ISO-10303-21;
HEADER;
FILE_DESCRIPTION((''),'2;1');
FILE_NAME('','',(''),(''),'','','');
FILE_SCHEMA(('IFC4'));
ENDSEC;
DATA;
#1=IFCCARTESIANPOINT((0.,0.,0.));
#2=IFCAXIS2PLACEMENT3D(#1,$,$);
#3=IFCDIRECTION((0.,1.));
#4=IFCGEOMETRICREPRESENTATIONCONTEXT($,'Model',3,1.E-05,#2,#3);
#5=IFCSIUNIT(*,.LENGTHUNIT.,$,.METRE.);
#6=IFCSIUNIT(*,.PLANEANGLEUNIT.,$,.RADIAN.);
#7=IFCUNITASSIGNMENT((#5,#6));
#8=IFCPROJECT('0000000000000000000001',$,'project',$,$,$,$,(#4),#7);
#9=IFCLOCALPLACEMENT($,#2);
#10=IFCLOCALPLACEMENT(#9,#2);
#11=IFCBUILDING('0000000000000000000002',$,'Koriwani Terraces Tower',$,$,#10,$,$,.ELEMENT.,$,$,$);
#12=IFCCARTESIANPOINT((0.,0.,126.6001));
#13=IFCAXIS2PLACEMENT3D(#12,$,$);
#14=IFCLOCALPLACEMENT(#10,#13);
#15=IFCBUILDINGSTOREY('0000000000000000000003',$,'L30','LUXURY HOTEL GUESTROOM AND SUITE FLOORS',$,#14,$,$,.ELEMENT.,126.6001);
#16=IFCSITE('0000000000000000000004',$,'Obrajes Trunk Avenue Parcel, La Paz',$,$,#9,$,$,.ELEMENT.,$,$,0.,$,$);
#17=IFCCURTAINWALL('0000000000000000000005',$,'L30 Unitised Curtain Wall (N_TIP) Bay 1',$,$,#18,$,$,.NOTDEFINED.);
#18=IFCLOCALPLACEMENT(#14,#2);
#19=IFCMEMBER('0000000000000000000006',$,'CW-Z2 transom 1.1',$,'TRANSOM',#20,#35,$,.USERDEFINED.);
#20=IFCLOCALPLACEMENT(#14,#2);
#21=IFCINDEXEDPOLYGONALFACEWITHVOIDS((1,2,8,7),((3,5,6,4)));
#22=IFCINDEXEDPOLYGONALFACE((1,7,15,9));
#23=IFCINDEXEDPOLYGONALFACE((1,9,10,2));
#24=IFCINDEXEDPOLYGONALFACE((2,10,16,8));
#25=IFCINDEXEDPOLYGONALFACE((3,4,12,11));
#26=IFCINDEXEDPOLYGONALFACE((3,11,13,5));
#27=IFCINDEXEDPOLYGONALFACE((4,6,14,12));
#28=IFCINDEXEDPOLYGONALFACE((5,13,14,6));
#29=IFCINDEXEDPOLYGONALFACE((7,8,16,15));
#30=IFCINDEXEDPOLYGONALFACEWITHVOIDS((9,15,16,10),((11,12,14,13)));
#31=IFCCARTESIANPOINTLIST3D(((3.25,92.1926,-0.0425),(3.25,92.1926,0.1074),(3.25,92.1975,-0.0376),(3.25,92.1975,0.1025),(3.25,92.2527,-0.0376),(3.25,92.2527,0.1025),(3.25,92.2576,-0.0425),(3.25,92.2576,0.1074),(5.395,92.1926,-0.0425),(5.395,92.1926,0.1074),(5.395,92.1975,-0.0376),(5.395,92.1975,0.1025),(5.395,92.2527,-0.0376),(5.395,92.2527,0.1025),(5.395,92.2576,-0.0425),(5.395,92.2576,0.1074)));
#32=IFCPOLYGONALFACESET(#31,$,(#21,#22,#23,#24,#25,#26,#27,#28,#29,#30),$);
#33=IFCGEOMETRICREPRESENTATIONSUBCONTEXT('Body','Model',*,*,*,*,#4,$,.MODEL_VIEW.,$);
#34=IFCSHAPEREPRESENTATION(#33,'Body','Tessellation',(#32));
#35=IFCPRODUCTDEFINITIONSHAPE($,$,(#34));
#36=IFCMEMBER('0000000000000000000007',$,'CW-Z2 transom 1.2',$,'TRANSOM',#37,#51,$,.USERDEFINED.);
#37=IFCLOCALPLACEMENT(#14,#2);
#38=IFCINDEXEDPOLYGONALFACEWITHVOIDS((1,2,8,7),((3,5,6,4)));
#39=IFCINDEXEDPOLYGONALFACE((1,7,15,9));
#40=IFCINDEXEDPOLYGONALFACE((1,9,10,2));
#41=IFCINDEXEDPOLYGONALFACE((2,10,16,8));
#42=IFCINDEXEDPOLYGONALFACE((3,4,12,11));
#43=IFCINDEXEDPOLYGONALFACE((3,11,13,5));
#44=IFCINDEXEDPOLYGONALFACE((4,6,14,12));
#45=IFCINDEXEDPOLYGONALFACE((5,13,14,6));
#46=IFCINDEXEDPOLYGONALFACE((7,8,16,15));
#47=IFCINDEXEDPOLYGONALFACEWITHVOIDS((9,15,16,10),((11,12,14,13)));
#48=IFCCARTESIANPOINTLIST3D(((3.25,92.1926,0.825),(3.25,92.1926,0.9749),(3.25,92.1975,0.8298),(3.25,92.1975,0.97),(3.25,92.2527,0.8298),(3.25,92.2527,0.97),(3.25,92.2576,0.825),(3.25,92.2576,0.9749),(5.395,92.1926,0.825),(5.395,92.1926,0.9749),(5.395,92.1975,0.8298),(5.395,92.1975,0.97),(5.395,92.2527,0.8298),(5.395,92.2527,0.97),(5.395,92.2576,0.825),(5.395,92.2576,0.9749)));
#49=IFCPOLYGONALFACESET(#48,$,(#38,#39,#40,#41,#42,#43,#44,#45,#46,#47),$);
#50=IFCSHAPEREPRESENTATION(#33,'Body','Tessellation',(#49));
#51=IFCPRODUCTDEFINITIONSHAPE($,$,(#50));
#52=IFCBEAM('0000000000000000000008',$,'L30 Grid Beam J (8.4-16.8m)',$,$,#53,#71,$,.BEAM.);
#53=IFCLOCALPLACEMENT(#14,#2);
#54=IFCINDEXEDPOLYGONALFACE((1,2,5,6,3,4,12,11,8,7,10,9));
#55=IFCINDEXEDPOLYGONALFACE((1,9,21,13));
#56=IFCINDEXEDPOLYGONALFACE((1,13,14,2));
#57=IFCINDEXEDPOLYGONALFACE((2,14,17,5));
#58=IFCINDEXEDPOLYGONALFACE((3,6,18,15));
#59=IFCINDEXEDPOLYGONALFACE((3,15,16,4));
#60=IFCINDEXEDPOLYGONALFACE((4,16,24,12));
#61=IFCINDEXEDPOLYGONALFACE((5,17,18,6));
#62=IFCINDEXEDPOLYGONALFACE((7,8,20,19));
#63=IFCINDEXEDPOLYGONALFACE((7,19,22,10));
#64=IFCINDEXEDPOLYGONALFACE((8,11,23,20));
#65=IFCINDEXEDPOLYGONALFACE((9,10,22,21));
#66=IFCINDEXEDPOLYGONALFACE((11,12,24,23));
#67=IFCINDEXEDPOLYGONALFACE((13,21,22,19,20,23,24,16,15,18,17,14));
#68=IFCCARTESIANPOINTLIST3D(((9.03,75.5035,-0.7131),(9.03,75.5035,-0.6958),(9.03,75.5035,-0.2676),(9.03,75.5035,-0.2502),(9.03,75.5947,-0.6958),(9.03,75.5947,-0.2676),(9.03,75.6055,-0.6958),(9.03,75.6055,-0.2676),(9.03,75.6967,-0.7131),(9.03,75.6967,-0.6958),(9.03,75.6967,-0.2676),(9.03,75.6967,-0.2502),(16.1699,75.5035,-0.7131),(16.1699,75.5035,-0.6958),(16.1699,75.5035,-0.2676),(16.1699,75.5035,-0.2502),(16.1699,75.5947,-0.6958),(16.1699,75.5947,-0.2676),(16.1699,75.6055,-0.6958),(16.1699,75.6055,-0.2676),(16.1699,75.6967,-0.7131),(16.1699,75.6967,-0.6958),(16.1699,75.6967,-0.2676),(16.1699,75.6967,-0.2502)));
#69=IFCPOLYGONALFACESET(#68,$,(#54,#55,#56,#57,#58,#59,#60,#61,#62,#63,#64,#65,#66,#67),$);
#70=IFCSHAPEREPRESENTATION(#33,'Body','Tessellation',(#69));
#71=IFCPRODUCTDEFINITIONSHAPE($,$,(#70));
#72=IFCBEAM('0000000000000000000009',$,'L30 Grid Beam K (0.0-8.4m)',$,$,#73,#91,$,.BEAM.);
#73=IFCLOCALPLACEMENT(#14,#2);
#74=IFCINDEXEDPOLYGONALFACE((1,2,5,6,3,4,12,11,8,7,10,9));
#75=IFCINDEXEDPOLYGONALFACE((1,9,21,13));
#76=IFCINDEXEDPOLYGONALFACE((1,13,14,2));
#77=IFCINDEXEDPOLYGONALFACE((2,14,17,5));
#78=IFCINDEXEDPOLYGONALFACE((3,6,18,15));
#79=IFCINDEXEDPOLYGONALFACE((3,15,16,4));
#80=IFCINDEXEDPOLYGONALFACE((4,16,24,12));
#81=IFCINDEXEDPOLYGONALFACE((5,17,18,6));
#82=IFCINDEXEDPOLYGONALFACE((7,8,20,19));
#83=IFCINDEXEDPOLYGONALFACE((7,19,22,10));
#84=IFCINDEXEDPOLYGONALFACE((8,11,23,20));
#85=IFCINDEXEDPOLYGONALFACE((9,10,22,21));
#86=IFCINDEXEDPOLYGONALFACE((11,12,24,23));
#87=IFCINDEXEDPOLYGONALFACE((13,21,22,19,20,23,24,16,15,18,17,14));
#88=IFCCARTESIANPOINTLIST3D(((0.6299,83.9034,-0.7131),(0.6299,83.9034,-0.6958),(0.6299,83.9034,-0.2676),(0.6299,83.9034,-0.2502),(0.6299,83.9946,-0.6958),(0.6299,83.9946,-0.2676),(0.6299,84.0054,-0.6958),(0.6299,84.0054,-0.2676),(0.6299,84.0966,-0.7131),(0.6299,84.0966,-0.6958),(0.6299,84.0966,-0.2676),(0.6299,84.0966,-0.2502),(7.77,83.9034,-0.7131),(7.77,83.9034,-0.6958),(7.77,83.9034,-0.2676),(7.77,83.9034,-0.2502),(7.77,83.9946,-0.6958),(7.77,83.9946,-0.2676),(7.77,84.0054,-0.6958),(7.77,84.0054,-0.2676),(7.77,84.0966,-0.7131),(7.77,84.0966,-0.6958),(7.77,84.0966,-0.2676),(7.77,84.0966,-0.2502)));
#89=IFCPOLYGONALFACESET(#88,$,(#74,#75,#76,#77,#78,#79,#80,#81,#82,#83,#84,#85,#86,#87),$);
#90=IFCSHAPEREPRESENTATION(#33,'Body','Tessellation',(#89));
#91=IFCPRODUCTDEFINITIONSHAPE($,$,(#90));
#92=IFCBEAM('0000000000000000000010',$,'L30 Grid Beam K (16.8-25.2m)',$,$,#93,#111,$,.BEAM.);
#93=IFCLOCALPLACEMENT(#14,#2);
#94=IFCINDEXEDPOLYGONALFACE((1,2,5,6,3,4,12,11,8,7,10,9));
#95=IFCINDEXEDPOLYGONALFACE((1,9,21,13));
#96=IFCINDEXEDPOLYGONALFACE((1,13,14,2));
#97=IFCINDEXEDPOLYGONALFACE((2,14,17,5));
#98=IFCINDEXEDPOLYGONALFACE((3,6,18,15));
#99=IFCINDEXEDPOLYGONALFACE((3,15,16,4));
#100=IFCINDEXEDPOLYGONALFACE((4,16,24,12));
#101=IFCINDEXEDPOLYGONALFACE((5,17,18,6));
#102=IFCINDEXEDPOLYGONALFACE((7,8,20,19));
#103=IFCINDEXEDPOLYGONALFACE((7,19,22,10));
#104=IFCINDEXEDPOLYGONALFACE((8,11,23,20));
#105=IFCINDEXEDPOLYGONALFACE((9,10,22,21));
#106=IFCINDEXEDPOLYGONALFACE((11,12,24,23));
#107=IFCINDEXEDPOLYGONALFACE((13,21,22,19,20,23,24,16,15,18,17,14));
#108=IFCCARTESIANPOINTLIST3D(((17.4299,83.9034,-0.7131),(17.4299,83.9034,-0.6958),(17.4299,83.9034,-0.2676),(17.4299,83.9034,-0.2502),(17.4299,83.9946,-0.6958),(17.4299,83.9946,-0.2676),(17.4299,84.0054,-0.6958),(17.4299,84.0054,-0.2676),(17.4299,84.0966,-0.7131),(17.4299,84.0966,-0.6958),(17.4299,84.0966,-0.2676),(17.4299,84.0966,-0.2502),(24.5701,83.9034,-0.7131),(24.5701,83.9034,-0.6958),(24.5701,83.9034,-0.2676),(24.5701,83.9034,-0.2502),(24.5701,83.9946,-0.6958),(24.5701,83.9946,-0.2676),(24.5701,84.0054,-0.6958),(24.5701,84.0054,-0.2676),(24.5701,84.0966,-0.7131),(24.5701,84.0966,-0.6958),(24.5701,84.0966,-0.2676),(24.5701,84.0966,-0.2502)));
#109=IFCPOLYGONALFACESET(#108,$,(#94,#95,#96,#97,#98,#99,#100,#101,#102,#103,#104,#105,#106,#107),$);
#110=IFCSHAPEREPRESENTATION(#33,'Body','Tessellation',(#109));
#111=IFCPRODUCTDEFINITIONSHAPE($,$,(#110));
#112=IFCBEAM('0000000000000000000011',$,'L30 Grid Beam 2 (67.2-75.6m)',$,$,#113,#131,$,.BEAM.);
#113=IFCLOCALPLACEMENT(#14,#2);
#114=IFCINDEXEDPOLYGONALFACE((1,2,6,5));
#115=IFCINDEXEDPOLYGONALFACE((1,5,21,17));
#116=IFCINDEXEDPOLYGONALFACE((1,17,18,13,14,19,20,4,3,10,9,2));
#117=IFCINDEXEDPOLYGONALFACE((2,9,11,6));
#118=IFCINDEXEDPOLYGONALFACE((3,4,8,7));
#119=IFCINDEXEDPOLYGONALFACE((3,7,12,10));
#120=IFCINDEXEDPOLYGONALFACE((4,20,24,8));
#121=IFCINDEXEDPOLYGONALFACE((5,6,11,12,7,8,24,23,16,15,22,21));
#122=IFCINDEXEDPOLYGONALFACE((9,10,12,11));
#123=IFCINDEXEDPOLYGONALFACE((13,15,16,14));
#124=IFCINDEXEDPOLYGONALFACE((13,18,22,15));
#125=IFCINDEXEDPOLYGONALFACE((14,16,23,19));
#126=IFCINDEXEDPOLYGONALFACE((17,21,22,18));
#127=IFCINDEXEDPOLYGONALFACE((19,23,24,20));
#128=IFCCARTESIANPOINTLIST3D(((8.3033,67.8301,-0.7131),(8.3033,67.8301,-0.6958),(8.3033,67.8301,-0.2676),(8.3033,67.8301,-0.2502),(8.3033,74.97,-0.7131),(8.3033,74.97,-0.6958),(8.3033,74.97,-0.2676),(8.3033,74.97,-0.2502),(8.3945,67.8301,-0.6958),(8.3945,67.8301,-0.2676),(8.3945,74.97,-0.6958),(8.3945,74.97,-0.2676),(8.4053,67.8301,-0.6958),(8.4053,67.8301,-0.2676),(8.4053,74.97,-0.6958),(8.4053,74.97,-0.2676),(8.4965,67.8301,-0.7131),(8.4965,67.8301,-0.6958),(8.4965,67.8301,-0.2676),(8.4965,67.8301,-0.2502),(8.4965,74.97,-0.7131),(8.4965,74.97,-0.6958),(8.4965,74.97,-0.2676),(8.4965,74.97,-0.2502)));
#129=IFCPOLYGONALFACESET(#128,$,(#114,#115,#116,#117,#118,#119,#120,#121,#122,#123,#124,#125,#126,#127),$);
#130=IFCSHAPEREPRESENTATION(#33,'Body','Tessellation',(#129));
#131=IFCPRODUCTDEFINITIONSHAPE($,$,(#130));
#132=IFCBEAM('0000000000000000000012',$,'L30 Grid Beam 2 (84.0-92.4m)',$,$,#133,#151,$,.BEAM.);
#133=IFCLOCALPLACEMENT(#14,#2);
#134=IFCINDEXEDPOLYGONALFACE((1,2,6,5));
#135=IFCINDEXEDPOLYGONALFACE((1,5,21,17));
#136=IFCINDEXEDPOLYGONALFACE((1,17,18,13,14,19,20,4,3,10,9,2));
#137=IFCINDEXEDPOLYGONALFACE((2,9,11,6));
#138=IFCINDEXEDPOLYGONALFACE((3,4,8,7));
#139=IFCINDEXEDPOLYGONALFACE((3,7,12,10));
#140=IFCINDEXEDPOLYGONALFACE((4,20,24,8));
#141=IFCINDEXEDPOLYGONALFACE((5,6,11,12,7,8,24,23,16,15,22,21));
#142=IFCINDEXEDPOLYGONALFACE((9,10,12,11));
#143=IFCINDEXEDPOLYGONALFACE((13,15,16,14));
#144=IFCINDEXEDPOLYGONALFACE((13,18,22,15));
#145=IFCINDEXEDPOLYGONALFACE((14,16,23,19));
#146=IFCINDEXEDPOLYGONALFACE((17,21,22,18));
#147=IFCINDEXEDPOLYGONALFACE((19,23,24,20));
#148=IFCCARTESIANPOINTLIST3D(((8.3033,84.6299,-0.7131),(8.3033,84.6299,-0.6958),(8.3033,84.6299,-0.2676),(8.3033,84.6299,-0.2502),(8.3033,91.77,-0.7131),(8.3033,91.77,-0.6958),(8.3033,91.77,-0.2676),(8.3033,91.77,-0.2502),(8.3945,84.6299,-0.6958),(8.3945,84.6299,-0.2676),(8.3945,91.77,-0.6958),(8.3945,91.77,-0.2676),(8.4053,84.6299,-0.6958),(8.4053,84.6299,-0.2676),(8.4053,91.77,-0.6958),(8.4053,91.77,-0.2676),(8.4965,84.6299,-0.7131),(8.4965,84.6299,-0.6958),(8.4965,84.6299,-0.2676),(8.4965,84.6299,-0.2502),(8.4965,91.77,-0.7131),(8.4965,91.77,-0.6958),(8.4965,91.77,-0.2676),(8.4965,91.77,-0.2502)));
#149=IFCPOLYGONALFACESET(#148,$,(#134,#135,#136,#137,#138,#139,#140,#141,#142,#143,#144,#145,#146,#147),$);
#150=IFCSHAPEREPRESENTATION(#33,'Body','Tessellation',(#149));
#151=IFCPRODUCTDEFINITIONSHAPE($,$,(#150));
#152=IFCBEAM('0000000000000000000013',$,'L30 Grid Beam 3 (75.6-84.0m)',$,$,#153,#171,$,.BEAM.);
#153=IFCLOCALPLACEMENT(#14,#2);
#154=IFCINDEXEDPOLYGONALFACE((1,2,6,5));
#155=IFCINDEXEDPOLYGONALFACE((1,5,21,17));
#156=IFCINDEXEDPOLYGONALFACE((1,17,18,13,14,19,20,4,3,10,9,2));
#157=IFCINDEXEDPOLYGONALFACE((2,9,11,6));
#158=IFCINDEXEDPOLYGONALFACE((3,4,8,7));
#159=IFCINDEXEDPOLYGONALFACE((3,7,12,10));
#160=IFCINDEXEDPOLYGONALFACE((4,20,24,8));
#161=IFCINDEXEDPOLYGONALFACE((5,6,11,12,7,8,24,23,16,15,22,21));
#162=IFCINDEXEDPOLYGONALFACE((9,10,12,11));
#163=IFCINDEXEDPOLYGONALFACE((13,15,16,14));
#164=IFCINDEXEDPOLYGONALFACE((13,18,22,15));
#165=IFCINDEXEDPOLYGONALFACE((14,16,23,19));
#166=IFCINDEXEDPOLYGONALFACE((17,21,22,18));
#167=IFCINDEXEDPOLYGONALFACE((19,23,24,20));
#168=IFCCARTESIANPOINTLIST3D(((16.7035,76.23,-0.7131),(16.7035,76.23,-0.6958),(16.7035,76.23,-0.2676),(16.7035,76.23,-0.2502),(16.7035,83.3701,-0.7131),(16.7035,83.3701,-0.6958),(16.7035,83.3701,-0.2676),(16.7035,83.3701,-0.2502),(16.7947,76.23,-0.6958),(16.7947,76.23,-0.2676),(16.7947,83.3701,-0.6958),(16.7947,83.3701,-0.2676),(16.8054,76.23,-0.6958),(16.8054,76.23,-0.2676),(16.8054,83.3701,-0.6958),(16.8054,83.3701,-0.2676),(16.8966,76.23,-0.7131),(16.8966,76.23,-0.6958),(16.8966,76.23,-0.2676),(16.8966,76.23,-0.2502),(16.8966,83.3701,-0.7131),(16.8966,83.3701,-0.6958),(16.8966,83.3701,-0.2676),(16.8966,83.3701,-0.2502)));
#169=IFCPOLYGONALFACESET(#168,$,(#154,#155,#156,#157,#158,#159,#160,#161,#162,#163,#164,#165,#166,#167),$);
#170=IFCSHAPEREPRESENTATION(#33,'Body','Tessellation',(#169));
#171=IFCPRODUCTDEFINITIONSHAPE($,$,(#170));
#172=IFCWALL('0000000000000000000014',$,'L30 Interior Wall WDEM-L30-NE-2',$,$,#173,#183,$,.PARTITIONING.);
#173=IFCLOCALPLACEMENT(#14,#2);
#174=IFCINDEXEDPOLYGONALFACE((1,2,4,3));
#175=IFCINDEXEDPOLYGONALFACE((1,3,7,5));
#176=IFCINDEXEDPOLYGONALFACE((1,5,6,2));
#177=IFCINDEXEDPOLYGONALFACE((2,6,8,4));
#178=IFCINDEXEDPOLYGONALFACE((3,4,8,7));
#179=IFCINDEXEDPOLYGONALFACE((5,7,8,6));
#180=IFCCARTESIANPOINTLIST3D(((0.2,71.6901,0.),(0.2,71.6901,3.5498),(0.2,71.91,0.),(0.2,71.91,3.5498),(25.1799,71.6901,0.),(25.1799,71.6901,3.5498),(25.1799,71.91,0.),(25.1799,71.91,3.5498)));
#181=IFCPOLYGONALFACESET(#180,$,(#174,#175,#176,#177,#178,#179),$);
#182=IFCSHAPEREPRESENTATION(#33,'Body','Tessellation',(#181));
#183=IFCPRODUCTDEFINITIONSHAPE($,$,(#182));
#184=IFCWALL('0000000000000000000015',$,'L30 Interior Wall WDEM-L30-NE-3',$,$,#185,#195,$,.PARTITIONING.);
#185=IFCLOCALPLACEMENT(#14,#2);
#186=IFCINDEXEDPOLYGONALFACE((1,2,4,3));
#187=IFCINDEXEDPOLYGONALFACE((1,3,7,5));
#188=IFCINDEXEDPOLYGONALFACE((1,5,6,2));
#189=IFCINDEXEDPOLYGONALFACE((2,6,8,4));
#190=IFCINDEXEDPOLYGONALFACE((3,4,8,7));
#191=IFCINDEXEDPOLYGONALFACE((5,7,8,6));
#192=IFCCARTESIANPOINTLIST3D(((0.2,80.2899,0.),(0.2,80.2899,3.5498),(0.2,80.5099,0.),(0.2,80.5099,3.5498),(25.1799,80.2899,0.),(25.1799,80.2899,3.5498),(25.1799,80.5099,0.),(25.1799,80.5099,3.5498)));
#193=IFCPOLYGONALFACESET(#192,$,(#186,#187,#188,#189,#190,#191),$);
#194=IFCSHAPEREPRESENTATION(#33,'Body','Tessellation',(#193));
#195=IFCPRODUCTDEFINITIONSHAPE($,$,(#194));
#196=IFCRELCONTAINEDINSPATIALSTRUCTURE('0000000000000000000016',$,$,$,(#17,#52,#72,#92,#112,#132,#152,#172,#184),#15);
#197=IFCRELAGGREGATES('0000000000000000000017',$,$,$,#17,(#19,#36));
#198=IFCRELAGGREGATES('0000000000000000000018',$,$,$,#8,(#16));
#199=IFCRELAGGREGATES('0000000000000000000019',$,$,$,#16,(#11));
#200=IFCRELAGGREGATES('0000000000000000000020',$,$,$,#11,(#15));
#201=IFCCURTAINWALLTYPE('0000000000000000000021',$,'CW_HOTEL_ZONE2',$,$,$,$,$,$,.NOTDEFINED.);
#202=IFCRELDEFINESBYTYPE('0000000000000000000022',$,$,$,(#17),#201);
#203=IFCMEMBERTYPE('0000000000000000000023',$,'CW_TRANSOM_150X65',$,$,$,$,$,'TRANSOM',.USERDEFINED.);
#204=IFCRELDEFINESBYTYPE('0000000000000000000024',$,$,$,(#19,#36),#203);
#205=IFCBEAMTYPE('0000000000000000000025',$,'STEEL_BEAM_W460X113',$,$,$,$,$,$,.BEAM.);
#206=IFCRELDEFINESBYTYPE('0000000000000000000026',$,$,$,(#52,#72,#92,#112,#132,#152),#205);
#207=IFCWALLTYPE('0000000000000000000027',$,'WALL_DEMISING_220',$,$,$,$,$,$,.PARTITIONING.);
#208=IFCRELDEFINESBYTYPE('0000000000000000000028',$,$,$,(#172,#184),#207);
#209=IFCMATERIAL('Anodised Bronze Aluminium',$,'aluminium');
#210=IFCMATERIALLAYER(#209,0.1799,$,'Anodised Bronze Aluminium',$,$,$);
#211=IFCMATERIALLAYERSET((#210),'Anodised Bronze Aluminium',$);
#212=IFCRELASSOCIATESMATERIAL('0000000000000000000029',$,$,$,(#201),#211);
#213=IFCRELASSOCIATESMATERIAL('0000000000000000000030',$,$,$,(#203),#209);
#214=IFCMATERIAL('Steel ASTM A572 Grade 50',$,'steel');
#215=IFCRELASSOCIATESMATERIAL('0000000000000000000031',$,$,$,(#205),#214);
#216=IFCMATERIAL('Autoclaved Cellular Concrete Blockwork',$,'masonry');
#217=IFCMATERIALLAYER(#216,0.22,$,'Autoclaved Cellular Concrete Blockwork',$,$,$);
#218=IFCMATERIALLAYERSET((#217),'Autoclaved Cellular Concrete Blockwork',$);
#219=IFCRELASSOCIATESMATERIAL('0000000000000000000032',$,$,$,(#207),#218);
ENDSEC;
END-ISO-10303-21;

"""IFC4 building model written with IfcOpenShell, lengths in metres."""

from ifc_helpers import new_model, si_unit, direction, frame, frame_2d, origin, origin_2d, place, context, subcontext, project, spatial, rectangle, hollow_rectangle, i_section, extrude, material, layer, layer_set, material_profile, profile_set, type_object, element, aggregate, save


model = new_model("IFC4")

# Units and contexts
model_context = context("Model", 3, precision=1e-05, world=origin(), true_north=direction((0.0, 1.0)))
body_context = subcontext(model_context, "Body", "Model", "MODEL_VIEW")
ifc_project = project(units=[si_unit("LENGTHUNIT", "METRE"), si_unit("PLANEANGLEUNIT", "RADIAN")], contexts=[model_context])

# Site, building, storey
site_placement = place(None, origin())
site = spatial("IfcSite", under=ifc_project, at=site_placement, Name="Obrajes Trunk Avenue Parcel, La Paz", CompositionType="ELEMENT", RefElevation=0.0)
building_placement = place(site_placement, origin())
building = spatial("IfcBuilding", under=site, at=building_placement, Name="Koriwani Terraces Tower", CompositionType="ELEMENT")
storey_placement = place(building_placement, frame((0.0, 0.0, 126.6001)))
storey = spatial("IfcBuildingStorey", under=building, at=storey_placement, Name="L30", Description="LUXURY HOTEL GUESTROOM AND SUITE FLOORS", CompositionType="ELEMENT", Elevation=126.6001)

# Curtain wall, members
ifc_material_1 = material(Name="Anodised Bronze Aluminium", Category="aluminium")
ifc_layer_1 = layer(ifc_material_1, 0.1799, Name="Anodised Bronze Aluminium")
ifc_layer_set_1 = layer_set([ifc_layer_1], Name="Anodised Bronze Aluminium")
curtain_wall_type = type_object("IfcCurtainWallType", Name="CW_HOTEL_ZONE2", PredefinedType="NOTDEFINED", material=ifc_layer_set_1)
curtain_wall_placement = place(storey_placement, origin())
curtain_wall = element("IfcCurtainWall", 1, at=curtain_wall_placement, inside=storey, type_object=curtain_wall_type, Name="L30 Unitised Curtain Wall (N_TIP) Bay 1", PredefinedType="NOTDEFINED")
ifc_material_profile_1 = material_profile(ifc_material_1, hollow_rectangle(XDim=0.0649, YDim=0.1499, WallThickness=0.0049, at=origin_2d()), Name="Anodised Bronze Aluminium", Category="LoadBearing")
ifc_profile_set_1 = profile_set([ifc_material_profile_1], Name="Anodised Bronze Aluminium")
member_type_1 = type_object("IfcMemberType", Name="CW_TRANSOM_150X65", ElementType="TRANSOM", PredefinedType="USERDEFINED", material=ifc_profile_set_1)
member_1_placement = place(storey_placement, frame((3.25, 92.2251, 0.0325), z_axis=(1.0, 0.0, 0.0), x_axis=(0.0, 1.0, 0.0)))
member_1 = element("IfcMember", 2, at=member_1_placement, type_object=member_type_1, Name="CW-Z2 transom 1.1", ObjectType="TRANSOM", PredefinedType="USERDEFINED", context=body_context, shape_type="SweptSolid", body=[
    extrude(hollow_rectangle(XDim=0.0649, YDim=0.1499, WallThickness=0.0049, at=origin_2d()), origin(), (0.0, 0.0, 1.0), 2.145),
])
member_2_placement = place(storey_placement, frame((3.25, 92.2251, 0.8999), z_axis=(1.0, 0.0, 0.0), x_axis=(0.0, 1.0, 0.0)))
member_2 = element("IfcMember", 3, at=member_2_placement, type_object=member_type_1, Name="CW-Z2 transom 1.2", ObjectType="TRANSOM", PredefinedType="USERDEFINED", context=body_context, shape_type="SweptSolid", body=[
    extrude(hollow_rectangle(XDim=0.0649, YDim=0.1499, WallThickness=0.0049, at=origin_2d()), origin(), (0.0, 0.0, 1.0), 2.145),
])
aggregate(curtain_wall, [member_1, member_2])

# Beams
ifc_material_2 = material(Name="Steel ASTM A572 Grade 50", Category="steel")
ifc_material_profile_2 = material_profile(ifc_material_2, i_section(OverallWidth=0.1931, OverallDepth=0.4629, WebThickness=0.0107, FlangeThickness=0.0173, at=origin_2d()), Name="Steel ASTM A572 Grade 50", Category="LoadBearing")
ifc_profile_set_2 = profile_set([ifc_material_profile_2], Name="Steel ASTM A572 Grade 50")
beam_type_1 = type_object("IfcBeamType", Name="STEEL_BEAM_W460X113", PredefinedType="BEAM", material=ifc_profile_set_2)
beam_1_placement = place(storey_placement, frame((9.03, 75.6001, -0.4817), z_axis=(1.0, 0.0, 0.0), x_axis=(0.0, 1.0, 0.0)))
element("IfcBeam", 4, at=beam_1_placement, inside=storey, type_object=beam_type_1, Name="L30 Grid Beam J (8.4-16.8m)", PredefinedType="BEAM", context=body_context, shape_type="SweptSolid", body=[
    extrude(i_section(OverallWidth=0.1931, OverallDepth=0.4629, WebThickness=0.0107, FlangeThickness=0.0173, at=origin_2d()), origin(), (0.0, 0.0, 1.0), 7.1399),
])
for number, where, z_axis, x_axis, name in (
    (5, (0.6299, 84.0, -0.4817), (1.0, 0.0, 0.0), (0.0, 1.0, 0.0), "L30 Grid Beam K (0.0-8.4m)"),
    (6, (17.4299, 84.0, -0.4817), (1.0, 0.0, 0.0), (0.0, 1.0, 0.0), "L30 Grid Beam K (16.8-25.2m)"),
):
    element("IfcBeam", number, at=place(storey_placement, frame(where, z_axis=z_axis, x_axis=x_axis)), inside=storey, type_object=beam_type_1, Name=name, PredefinedType="BEAM", context=body_context, shape_type="SweptSolid", body=[
        extrude(i_section(OverallWidth=0.1931, OverallDepth=0.4629, WebThickness=0.0107, FlangeThickness=0.0173, at=origin_2d()), origin(), (0.0, 0.0, 1.0), 7.1401),
    ])
beam_2_placement = place(storey_placement, frame((8.3999, 67.8301, -0.4817), z_axis=(0.0, 1.0, 0.0), x_axis=(-1.0, 0.0, 0.0)))
element("IfcBeam", 7, at=beam_2_placement, inside=storey, type_object=beam_type_1, Name="L30 Grid Beam 2 (67.2-75.6m)", PredefinedType="BEAM", context=body_context, shape_type="SweptSolid", body=[
    extrude(i_section(OverallWidth=0.1931, OverallDepth=0.4629, WebThickness=0.0107, FlangeThickness=0.0173, at=origin_2d()), origin(), (0.0, 0.0, 1.0), 7.1399),
])
for number, where, z_axis, x_axis, name in (
    (8, (8.3999, 84.6299, -0.4817), (0.0, 1.0, 0.0), (-1.0, 0.0, 0.0), "L30 Grid Beam 2 (84.0-92.4m)"),
    (9, (16.8, 76.23, -0.4817), (0.0, 1.0, 0.0), (-1.0, 0.0, 0.0), "L30 Grid Beam 3 (75.6-84.0m)"),
):
    element("IfcBeam", number, at=place(storey_placement, frame(where, z_axis=z_axis, x_axis=x_axis)), inside=storey, type_object=beam_type_1, Name=name, PredefinedType="BEAM", context=body_context, shape_type="SweptSolid", body=[
        extrude(i_section(OverallWidth=0.1931, OverallDepth=0.4629, WebThickness=0.0107, FlangeThickness=0.0173, at=origin_2d()), origin(), (0.0, 0.0, 1.0), 7.1401),
    ])

# Walls
ifc_material_3 = material(Name="Autoclaved Cellular Concrete Blockwork", Category="masonry")
ifc_layer_2 = layer(ifc_material_3, 0.22, Name="Autoclaved Cellular Concrete Blockwork")
ifc_layer_set_2 = layer_set([ifc_layer_2], Name="Autoclaved Cellular Concrete Blockwork")
wall_type_1 = type_object("IfcWallType", Name="WALL_DEMISING_220", PredefinedType="PARTITIONING", material=ifc_layer_set_2)
for number, where, z_axis, x_axis, name in (
    (10, (0.2, 71.8, 0.0), (0.0, 0.0, 1.0), (1.0, 0.0, 0.0), "L30 Interior Wall WDEM-L30-NE-2"),
    (11, (0.2, 80.3999, 0.0), (0.0, 0.0, 1.0), (1.0, 0.0, 0.0), "L30 Interior Wall WDEM-L30-NE-3"),
):
    element("IfcWall", number, at=place(storey_placement, frame(where, z_axis=z_axis, x_axis=x_axis)), inside=storey, type_object=wall_type_1, Name=name, PredefinedType="PARTITIONING", context=body_context, shape_type="SweptSolid", body=[
        extrude(rectangle(XDim=24.98, YDim=0.22, at=frame_2d((12.49, 0.0))), origin(), (0.0, 0.0, 1.0), 3.5498),
    ])

save(model, "model.ifc")
